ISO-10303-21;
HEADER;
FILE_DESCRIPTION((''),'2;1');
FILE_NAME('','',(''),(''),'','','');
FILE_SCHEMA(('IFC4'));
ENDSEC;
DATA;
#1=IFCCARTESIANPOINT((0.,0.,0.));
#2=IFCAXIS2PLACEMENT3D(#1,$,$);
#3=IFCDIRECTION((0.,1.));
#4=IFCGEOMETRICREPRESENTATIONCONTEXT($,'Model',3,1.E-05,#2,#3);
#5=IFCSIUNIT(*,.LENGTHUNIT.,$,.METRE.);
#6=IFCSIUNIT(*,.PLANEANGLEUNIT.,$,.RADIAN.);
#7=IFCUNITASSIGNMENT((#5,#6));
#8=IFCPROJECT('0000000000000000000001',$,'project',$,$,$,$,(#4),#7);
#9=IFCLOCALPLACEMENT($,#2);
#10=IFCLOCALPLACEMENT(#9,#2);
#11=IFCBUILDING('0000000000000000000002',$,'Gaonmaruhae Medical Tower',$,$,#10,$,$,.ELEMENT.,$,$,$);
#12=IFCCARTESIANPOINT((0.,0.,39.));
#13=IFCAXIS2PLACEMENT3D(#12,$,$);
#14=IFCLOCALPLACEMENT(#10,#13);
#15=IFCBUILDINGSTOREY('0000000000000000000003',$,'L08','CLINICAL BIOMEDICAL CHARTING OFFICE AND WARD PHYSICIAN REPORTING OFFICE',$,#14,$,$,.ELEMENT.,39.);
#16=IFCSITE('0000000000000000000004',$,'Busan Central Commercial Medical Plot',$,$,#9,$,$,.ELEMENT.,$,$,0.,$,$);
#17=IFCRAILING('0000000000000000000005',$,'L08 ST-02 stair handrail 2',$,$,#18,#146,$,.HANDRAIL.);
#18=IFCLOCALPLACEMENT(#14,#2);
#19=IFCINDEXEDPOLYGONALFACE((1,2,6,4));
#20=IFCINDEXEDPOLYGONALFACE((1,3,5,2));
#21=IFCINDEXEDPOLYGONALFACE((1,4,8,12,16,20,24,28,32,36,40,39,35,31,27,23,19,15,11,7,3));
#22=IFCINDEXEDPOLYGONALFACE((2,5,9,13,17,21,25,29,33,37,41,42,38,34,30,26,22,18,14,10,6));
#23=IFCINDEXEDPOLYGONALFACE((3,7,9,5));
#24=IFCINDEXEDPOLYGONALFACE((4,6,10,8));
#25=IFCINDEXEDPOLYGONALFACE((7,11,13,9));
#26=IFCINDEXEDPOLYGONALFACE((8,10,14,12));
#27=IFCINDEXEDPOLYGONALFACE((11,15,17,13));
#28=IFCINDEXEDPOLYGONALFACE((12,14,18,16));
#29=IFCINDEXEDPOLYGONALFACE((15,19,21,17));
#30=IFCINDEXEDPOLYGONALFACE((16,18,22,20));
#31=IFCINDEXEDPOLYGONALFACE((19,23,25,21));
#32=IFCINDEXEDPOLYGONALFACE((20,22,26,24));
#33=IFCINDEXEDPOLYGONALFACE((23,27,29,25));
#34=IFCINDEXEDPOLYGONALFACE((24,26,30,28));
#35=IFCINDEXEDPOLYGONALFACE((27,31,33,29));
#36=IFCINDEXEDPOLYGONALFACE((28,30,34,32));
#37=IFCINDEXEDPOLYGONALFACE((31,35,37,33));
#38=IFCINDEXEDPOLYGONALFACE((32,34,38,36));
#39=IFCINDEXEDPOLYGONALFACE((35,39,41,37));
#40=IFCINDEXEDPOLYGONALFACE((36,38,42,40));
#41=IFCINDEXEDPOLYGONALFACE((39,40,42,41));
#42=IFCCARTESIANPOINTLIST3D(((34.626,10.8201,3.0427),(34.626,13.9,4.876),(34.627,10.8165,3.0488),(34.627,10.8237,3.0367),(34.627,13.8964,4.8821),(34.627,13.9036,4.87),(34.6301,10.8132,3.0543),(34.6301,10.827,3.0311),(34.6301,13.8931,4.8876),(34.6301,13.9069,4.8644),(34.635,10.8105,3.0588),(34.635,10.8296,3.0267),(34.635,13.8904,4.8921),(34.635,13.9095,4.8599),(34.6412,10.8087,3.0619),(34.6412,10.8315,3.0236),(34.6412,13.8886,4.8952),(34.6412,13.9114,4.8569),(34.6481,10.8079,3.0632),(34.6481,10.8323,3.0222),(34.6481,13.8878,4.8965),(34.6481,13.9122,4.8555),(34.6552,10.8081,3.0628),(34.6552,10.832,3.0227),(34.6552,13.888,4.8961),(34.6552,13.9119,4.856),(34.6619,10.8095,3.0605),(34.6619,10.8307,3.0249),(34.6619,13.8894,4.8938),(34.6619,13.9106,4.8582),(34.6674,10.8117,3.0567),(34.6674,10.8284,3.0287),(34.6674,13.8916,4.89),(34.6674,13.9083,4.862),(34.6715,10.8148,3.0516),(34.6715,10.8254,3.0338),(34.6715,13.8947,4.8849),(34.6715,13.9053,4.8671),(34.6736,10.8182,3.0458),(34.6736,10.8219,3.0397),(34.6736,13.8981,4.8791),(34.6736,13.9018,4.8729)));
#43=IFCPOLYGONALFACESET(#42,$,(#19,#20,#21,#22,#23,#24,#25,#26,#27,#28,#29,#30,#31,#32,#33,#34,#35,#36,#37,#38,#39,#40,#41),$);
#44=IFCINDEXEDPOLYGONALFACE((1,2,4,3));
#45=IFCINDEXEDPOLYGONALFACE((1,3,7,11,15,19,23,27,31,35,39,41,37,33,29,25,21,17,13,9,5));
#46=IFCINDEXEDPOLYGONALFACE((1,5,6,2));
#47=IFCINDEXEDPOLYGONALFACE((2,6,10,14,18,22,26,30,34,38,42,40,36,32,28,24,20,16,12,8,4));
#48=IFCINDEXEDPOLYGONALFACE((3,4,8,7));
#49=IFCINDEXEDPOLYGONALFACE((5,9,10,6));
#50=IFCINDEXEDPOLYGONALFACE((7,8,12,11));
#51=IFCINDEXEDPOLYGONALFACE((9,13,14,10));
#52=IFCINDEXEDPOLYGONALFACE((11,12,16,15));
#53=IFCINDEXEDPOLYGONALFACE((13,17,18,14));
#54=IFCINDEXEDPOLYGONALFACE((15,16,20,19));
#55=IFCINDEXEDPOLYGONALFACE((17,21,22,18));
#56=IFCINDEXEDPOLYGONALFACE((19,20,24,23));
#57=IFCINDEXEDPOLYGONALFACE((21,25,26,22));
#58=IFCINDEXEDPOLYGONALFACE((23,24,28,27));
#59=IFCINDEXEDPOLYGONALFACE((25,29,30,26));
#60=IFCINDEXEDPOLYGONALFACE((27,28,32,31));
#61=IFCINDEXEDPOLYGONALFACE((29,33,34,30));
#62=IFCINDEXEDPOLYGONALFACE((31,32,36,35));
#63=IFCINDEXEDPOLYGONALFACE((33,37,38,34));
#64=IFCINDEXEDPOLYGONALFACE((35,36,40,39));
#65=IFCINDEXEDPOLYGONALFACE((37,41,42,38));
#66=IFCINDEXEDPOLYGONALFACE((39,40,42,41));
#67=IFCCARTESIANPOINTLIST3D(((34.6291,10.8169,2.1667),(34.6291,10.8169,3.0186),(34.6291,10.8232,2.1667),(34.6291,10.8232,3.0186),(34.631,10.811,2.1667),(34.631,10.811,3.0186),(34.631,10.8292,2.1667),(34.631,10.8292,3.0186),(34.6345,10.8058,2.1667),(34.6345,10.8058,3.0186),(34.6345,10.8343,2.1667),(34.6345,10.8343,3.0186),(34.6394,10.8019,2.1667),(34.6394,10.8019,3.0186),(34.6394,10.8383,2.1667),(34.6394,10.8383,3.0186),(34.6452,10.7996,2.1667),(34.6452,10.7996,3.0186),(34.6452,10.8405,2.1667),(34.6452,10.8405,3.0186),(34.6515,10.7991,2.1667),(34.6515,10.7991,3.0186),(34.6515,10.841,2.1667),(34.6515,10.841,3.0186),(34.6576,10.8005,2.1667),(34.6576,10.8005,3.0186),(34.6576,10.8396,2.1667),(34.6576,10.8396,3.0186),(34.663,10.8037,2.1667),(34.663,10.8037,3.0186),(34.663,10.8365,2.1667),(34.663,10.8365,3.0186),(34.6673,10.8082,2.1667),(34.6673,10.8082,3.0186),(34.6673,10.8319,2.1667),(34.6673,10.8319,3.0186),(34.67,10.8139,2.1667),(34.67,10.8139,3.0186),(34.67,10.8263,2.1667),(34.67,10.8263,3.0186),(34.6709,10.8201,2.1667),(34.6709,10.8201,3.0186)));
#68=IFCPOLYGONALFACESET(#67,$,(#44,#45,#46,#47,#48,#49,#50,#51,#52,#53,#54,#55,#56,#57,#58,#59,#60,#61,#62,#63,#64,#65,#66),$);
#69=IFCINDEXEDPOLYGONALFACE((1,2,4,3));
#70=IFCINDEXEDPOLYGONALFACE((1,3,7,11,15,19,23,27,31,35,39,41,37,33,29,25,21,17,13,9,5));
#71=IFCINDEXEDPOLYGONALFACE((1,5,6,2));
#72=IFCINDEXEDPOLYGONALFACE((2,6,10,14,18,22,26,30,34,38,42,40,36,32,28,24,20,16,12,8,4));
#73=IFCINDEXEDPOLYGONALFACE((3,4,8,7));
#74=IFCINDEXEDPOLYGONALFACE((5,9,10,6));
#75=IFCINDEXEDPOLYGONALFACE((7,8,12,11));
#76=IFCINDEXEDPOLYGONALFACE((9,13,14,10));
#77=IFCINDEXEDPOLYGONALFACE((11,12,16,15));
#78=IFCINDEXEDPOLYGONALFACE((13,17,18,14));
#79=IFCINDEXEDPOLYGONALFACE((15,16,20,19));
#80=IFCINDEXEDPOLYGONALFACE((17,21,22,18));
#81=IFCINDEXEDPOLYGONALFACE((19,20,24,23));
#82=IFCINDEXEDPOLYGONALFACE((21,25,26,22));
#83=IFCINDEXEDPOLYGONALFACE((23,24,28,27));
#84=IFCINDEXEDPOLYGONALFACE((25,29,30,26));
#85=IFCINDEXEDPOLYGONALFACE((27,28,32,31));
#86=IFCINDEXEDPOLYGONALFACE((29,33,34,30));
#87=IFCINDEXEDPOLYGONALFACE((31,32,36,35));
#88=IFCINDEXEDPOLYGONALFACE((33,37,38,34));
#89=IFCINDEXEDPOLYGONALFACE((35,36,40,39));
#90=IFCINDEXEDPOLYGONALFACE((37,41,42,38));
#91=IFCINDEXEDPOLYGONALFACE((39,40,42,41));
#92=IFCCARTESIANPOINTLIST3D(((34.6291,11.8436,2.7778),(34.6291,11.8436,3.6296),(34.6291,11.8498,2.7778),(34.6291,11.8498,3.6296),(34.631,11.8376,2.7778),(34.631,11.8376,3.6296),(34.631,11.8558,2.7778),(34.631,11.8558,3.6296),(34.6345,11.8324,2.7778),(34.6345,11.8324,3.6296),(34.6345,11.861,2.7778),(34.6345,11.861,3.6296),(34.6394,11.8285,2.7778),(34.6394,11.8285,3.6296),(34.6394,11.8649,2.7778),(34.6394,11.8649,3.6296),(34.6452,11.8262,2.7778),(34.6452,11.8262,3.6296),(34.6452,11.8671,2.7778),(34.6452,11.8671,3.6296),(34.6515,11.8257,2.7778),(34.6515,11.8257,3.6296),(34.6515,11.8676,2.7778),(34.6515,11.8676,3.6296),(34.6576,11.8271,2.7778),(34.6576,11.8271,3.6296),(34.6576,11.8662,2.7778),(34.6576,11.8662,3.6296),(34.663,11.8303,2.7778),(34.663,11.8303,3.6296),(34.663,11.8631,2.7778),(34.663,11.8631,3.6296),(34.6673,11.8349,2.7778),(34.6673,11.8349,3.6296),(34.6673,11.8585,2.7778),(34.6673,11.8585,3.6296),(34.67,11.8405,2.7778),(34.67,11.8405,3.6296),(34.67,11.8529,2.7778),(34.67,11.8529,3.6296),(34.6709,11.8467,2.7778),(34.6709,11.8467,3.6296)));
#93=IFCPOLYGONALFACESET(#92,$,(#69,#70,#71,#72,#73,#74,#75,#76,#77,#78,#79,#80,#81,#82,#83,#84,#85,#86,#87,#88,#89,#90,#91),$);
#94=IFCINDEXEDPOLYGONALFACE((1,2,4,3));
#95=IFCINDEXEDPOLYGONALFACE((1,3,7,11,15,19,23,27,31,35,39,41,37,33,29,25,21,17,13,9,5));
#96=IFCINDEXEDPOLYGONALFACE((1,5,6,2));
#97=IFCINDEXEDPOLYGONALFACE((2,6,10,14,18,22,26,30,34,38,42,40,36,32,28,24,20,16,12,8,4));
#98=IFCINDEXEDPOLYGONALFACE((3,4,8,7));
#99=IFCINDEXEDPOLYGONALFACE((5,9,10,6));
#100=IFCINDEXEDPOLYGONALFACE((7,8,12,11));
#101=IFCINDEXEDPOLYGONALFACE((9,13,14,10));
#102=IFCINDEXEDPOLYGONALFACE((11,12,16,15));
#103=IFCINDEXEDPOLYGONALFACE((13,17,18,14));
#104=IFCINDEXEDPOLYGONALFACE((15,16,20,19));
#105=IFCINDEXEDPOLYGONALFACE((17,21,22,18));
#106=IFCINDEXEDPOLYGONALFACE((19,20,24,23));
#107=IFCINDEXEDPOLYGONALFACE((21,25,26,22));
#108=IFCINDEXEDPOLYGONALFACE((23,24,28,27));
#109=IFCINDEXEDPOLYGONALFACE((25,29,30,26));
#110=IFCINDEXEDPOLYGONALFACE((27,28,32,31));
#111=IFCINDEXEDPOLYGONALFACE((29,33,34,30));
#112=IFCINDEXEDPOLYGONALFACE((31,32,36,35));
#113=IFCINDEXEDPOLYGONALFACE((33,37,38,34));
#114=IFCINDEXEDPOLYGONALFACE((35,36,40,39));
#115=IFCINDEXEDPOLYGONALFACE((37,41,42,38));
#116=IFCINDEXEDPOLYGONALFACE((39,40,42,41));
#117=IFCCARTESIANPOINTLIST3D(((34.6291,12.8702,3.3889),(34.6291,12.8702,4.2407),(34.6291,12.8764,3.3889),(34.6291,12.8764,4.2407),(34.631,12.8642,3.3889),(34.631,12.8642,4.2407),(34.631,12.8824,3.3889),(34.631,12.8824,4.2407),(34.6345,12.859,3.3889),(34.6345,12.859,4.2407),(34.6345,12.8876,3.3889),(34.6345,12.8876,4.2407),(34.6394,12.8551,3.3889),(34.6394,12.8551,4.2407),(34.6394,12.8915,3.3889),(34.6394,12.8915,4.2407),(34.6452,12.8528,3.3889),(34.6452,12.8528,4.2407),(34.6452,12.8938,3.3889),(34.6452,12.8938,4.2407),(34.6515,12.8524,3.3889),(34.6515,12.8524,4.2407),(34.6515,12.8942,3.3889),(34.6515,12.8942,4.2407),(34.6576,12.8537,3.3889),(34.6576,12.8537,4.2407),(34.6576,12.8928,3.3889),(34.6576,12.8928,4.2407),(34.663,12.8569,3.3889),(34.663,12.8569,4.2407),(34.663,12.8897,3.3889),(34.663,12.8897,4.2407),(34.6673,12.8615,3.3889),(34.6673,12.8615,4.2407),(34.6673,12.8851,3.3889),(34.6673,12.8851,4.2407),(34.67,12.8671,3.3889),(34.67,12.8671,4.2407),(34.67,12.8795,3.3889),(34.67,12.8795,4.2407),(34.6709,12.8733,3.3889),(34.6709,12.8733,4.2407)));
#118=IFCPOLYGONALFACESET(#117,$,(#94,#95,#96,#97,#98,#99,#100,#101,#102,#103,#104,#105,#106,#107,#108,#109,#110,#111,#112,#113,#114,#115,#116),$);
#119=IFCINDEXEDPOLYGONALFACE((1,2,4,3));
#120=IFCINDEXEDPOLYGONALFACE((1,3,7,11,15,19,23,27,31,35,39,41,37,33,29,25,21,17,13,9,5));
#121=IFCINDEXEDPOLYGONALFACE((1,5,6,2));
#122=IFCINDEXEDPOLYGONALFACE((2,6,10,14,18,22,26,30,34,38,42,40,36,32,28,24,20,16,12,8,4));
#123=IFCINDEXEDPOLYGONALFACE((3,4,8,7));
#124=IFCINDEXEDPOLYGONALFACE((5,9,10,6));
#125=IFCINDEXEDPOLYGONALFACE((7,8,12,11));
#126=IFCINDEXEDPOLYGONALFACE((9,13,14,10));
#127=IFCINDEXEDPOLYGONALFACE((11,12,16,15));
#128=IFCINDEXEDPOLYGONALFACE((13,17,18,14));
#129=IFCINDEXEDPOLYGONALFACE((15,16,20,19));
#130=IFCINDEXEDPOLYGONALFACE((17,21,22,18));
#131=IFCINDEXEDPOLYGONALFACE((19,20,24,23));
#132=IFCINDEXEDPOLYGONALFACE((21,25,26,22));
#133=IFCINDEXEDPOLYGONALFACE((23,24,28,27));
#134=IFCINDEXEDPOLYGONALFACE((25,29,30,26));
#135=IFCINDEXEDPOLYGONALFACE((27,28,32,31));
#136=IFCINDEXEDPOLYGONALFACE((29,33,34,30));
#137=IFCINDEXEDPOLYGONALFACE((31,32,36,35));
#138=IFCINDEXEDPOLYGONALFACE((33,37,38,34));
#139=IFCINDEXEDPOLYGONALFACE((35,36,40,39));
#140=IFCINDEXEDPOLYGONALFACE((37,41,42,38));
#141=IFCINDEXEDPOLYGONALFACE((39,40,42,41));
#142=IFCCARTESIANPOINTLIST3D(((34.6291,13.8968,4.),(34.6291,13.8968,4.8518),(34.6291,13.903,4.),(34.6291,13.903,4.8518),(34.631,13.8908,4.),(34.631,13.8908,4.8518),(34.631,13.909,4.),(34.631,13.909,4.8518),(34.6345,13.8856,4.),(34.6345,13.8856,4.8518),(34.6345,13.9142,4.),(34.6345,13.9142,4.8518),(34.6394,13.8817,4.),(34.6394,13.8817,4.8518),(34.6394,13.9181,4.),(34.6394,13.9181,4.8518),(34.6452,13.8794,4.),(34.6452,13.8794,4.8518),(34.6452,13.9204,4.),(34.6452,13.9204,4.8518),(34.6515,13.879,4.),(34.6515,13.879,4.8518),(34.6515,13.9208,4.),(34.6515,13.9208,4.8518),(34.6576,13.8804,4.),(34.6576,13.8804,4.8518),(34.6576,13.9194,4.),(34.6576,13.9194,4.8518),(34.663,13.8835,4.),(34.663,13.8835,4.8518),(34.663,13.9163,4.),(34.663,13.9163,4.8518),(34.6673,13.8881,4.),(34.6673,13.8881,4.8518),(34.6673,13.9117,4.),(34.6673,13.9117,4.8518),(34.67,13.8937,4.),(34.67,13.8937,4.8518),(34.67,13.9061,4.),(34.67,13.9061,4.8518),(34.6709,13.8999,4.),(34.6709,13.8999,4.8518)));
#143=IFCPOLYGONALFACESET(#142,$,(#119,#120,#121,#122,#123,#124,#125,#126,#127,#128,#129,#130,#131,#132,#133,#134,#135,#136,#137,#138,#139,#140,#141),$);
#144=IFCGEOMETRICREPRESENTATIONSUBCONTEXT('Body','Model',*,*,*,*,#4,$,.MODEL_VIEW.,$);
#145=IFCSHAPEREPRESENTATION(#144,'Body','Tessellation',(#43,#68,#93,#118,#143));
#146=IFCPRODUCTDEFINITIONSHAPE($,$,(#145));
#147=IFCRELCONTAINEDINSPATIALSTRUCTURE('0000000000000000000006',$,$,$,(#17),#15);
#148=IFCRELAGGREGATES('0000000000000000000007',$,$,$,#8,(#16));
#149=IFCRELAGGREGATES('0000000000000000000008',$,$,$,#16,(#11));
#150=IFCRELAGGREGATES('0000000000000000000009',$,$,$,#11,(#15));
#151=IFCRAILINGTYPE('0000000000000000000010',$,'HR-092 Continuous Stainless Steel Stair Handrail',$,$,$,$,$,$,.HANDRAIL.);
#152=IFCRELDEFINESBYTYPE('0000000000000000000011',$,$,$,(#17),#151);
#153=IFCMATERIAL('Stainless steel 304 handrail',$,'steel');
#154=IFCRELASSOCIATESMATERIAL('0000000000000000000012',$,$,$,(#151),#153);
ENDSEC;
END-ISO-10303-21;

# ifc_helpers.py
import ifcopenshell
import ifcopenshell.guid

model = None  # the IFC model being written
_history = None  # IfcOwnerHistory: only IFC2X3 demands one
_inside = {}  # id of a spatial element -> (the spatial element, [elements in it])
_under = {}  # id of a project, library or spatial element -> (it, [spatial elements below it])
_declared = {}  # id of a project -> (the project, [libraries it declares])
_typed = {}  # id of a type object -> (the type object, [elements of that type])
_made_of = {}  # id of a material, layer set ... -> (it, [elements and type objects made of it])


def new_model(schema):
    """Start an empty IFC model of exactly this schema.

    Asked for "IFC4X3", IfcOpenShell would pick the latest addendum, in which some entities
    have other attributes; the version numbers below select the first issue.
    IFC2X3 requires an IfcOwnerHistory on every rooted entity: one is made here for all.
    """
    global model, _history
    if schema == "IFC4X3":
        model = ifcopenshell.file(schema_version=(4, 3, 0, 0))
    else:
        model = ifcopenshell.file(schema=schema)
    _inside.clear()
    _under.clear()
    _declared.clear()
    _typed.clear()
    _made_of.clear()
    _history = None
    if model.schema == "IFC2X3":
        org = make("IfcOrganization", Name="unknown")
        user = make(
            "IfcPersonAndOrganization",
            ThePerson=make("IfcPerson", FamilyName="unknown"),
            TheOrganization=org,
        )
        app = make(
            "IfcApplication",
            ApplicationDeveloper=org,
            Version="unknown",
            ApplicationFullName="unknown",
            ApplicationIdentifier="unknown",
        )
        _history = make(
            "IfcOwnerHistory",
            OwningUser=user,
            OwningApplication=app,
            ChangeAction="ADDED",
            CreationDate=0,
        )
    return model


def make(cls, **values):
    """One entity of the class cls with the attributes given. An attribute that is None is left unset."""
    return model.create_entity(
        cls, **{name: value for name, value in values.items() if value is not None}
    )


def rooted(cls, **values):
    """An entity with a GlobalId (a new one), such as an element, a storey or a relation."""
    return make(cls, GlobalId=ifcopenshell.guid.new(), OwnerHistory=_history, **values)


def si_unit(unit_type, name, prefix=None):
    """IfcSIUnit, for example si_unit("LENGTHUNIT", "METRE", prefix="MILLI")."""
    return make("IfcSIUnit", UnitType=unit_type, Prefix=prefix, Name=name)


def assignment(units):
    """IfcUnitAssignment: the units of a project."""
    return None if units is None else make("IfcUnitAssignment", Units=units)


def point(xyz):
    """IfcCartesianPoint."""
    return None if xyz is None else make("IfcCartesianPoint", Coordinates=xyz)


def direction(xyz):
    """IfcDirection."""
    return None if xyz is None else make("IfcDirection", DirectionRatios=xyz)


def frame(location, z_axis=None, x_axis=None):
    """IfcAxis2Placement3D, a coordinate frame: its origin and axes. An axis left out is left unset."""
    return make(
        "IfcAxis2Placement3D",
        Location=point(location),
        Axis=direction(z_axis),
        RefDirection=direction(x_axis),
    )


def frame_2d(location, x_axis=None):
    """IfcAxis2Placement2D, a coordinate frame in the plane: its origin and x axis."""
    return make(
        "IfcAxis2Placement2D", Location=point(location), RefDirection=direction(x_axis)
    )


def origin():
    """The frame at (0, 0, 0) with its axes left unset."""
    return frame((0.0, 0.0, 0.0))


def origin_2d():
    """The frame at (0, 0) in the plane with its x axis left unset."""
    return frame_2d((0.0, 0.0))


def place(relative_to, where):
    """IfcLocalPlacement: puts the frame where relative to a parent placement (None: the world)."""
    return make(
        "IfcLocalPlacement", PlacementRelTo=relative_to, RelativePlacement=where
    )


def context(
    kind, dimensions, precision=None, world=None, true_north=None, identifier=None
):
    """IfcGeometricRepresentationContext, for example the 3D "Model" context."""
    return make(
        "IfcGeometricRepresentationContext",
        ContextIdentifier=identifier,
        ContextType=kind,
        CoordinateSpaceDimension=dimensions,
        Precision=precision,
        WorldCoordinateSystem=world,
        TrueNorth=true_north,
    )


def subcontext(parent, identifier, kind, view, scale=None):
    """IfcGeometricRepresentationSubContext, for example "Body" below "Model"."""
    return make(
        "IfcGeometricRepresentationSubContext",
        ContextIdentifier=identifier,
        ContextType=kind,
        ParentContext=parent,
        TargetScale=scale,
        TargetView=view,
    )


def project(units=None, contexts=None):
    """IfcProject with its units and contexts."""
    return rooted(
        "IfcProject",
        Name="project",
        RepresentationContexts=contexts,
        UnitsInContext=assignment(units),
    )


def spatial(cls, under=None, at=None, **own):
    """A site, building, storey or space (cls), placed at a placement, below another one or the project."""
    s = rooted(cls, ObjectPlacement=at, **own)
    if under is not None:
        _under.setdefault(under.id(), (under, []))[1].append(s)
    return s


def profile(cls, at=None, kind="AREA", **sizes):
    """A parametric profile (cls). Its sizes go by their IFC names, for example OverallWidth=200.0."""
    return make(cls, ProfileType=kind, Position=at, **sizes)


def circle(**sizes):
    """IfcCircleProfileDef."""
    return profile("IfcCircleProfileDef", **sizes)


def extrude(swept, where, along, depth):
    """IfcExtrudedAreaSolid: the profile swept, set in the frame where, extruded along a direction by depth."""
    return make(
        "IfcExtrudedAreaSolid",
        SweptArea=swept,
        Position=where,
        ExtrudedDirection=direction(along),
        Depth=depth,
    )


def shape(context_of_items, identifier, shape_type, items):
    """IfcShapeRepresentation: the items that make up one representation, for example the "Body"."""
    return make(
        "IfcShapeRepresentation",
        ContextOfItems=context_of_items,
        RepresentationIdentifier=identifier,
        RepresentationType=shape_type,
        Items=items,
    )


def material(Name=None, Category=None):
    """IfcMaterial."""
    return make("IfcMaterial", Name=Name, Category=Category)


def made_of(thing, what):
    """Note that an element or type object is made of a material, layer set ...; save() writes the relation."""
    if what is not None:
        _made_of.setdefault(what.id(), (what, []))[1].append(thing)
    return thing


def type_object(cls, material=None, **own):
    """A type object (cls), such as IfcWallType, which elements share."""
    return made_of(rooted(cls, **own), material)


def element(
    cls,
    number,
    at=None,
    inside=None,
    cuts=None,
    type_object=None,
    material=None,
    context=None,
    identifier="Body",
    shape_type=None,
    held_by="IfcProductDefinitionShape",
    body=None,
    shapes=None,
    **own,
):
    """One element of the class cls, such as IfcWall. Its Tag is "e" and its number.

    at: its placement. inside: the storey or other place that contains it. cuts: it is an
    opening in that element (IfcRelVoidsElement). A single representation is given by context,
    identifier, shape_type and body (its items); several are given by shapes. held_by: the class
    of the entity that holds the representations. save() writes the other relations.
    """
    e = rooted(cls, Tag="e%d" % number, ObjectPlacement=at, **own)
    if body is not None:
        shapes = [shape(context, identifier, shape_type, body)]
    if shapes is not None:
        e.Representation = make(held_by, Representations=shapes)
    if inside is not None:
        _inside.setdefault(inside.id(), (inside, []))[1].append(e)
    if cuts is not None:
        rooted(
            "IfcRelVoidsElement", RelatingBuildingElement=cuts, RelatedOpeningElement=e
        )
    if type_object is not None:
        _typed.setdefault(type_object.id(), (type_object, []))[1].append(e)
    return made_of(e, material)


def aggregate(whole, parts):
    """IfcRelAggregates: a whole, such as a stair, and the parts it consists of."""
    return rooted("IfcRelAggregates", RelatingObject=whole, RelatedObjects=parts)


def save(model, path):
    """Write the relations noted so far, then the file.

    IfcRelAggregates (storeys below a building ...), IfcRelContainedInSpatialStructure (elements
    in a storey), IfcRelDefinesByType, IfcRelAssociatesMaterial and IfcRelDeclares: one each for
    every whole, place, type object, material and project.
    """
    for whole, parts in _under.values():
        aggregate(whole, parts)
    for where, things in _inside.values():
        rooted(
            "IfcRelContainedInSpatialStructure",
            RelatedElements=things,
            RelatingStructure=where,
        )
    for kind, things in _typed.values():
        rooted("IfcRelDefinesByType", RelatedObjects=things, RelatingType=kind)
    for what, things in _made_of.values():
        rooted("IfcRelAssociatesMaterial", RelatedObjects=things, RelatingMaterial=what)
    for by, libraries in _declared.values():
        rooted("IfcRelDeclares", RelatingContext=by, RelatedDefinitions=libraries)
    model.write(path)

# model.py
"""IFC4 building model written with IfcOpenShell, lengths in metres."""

from ifc_helpers import new_model, si_unit, direction, frame, origin, origin_2d, place, context, subcontext, project, spatial, circle, extrude, material, type_object, element, save


model = new_model("IFC4")

# Units and contexts
model_context = context("Model", 3, precision=1e-05, world=origin(), true_north=direction((0.0, 1.0)))
body_context = subcontext(model_context, "Body", "Model", "MODEL_VIEW")
ifc_project = project(units=[si_unit("LENGTHUNIT", "METRE"), si_unit("PLANEANGLEUNIT", "RADIAN")], contexts=[model_context])

# Site, building, storey
site_placement = place(None, origin())
site = spatial("IfcSite", under=ifc_project, at=site_placement, Name="Busan Central Commercial Medical Plot", CompositionType="ELEMENT", RefElevation=0.0)
building_placement = place(site_placement, origin())
building = spatial("IfcBuilding", under=site, at=building_placement, Name="Gaonmaruhae Medical Tower", CompositionType="ELEMENT")
storey_placement = place(building_placement, frame((0.0, 0.0, 39.0)))
storey = spatial("IfcBuildingStorey", under=building, at=storey_placement, Name="L08", Description="CLINICAL BIOMEDICAL CHARTING OFFICE AND WARD PHYSICIAN REPORTING OFFICE", CompositionType="ELEMENT", Elevation=39.0)

# Railing
ifc_material_1 = material(Name="Stainless steel 304 handrail", Category="steel")
railing_type_1 = type_object("IfcRailingType", Name="HR-092 Continuous Stainless Steel Stair Handrail", PredefinedType="HANDRAIL", material=ifc_material_1)
railing_1_placement = place(storey_placement, frame((34.6499, 10.8201, 2.1667)))
element("IfcRailing", 1, at=railing_1_placement, inside=storey, type_object=railing_type_1, Name="L08 ST-02 stair handrail 2", PredefinedType="HANDRAIL", context=body_context, shape_type="SweptSolid", body=[
    extrude(circle(Radius=0.0239, at=origin_2d()), frame((0.0, 0.0, 0.876), z_axis=(0.0, 0.859291, 0.511487), x_axis=(-1.0, 0.0, 0.0)), (0.0, 0.0, 1.0), 3.5842),
    extrude(circle(Radius=0.021, at=origin_2d()), origin(), (0.0, 0.0, 1.0), 0.8518),
    extrude(circle(Radius=0.021, at=origin_2d()), frame((0.0, 1.0266, 0.6111)), (0.0, 0.0, 1.0), 0.8518),
    extrude(circle(Radius=0.021, at=origin_2d()), frame((0.0, 2.0532, 1.2222)), (0.0, 0.0, 1.0), 0.8518),
    extrude(circle(Radius=0.021, at=origin_2d()), frame((0.0, 3.0798, 1.8333)), (0.0, 0.0, 1.0), 0.8518),
])

save(model, "model.ifc")
